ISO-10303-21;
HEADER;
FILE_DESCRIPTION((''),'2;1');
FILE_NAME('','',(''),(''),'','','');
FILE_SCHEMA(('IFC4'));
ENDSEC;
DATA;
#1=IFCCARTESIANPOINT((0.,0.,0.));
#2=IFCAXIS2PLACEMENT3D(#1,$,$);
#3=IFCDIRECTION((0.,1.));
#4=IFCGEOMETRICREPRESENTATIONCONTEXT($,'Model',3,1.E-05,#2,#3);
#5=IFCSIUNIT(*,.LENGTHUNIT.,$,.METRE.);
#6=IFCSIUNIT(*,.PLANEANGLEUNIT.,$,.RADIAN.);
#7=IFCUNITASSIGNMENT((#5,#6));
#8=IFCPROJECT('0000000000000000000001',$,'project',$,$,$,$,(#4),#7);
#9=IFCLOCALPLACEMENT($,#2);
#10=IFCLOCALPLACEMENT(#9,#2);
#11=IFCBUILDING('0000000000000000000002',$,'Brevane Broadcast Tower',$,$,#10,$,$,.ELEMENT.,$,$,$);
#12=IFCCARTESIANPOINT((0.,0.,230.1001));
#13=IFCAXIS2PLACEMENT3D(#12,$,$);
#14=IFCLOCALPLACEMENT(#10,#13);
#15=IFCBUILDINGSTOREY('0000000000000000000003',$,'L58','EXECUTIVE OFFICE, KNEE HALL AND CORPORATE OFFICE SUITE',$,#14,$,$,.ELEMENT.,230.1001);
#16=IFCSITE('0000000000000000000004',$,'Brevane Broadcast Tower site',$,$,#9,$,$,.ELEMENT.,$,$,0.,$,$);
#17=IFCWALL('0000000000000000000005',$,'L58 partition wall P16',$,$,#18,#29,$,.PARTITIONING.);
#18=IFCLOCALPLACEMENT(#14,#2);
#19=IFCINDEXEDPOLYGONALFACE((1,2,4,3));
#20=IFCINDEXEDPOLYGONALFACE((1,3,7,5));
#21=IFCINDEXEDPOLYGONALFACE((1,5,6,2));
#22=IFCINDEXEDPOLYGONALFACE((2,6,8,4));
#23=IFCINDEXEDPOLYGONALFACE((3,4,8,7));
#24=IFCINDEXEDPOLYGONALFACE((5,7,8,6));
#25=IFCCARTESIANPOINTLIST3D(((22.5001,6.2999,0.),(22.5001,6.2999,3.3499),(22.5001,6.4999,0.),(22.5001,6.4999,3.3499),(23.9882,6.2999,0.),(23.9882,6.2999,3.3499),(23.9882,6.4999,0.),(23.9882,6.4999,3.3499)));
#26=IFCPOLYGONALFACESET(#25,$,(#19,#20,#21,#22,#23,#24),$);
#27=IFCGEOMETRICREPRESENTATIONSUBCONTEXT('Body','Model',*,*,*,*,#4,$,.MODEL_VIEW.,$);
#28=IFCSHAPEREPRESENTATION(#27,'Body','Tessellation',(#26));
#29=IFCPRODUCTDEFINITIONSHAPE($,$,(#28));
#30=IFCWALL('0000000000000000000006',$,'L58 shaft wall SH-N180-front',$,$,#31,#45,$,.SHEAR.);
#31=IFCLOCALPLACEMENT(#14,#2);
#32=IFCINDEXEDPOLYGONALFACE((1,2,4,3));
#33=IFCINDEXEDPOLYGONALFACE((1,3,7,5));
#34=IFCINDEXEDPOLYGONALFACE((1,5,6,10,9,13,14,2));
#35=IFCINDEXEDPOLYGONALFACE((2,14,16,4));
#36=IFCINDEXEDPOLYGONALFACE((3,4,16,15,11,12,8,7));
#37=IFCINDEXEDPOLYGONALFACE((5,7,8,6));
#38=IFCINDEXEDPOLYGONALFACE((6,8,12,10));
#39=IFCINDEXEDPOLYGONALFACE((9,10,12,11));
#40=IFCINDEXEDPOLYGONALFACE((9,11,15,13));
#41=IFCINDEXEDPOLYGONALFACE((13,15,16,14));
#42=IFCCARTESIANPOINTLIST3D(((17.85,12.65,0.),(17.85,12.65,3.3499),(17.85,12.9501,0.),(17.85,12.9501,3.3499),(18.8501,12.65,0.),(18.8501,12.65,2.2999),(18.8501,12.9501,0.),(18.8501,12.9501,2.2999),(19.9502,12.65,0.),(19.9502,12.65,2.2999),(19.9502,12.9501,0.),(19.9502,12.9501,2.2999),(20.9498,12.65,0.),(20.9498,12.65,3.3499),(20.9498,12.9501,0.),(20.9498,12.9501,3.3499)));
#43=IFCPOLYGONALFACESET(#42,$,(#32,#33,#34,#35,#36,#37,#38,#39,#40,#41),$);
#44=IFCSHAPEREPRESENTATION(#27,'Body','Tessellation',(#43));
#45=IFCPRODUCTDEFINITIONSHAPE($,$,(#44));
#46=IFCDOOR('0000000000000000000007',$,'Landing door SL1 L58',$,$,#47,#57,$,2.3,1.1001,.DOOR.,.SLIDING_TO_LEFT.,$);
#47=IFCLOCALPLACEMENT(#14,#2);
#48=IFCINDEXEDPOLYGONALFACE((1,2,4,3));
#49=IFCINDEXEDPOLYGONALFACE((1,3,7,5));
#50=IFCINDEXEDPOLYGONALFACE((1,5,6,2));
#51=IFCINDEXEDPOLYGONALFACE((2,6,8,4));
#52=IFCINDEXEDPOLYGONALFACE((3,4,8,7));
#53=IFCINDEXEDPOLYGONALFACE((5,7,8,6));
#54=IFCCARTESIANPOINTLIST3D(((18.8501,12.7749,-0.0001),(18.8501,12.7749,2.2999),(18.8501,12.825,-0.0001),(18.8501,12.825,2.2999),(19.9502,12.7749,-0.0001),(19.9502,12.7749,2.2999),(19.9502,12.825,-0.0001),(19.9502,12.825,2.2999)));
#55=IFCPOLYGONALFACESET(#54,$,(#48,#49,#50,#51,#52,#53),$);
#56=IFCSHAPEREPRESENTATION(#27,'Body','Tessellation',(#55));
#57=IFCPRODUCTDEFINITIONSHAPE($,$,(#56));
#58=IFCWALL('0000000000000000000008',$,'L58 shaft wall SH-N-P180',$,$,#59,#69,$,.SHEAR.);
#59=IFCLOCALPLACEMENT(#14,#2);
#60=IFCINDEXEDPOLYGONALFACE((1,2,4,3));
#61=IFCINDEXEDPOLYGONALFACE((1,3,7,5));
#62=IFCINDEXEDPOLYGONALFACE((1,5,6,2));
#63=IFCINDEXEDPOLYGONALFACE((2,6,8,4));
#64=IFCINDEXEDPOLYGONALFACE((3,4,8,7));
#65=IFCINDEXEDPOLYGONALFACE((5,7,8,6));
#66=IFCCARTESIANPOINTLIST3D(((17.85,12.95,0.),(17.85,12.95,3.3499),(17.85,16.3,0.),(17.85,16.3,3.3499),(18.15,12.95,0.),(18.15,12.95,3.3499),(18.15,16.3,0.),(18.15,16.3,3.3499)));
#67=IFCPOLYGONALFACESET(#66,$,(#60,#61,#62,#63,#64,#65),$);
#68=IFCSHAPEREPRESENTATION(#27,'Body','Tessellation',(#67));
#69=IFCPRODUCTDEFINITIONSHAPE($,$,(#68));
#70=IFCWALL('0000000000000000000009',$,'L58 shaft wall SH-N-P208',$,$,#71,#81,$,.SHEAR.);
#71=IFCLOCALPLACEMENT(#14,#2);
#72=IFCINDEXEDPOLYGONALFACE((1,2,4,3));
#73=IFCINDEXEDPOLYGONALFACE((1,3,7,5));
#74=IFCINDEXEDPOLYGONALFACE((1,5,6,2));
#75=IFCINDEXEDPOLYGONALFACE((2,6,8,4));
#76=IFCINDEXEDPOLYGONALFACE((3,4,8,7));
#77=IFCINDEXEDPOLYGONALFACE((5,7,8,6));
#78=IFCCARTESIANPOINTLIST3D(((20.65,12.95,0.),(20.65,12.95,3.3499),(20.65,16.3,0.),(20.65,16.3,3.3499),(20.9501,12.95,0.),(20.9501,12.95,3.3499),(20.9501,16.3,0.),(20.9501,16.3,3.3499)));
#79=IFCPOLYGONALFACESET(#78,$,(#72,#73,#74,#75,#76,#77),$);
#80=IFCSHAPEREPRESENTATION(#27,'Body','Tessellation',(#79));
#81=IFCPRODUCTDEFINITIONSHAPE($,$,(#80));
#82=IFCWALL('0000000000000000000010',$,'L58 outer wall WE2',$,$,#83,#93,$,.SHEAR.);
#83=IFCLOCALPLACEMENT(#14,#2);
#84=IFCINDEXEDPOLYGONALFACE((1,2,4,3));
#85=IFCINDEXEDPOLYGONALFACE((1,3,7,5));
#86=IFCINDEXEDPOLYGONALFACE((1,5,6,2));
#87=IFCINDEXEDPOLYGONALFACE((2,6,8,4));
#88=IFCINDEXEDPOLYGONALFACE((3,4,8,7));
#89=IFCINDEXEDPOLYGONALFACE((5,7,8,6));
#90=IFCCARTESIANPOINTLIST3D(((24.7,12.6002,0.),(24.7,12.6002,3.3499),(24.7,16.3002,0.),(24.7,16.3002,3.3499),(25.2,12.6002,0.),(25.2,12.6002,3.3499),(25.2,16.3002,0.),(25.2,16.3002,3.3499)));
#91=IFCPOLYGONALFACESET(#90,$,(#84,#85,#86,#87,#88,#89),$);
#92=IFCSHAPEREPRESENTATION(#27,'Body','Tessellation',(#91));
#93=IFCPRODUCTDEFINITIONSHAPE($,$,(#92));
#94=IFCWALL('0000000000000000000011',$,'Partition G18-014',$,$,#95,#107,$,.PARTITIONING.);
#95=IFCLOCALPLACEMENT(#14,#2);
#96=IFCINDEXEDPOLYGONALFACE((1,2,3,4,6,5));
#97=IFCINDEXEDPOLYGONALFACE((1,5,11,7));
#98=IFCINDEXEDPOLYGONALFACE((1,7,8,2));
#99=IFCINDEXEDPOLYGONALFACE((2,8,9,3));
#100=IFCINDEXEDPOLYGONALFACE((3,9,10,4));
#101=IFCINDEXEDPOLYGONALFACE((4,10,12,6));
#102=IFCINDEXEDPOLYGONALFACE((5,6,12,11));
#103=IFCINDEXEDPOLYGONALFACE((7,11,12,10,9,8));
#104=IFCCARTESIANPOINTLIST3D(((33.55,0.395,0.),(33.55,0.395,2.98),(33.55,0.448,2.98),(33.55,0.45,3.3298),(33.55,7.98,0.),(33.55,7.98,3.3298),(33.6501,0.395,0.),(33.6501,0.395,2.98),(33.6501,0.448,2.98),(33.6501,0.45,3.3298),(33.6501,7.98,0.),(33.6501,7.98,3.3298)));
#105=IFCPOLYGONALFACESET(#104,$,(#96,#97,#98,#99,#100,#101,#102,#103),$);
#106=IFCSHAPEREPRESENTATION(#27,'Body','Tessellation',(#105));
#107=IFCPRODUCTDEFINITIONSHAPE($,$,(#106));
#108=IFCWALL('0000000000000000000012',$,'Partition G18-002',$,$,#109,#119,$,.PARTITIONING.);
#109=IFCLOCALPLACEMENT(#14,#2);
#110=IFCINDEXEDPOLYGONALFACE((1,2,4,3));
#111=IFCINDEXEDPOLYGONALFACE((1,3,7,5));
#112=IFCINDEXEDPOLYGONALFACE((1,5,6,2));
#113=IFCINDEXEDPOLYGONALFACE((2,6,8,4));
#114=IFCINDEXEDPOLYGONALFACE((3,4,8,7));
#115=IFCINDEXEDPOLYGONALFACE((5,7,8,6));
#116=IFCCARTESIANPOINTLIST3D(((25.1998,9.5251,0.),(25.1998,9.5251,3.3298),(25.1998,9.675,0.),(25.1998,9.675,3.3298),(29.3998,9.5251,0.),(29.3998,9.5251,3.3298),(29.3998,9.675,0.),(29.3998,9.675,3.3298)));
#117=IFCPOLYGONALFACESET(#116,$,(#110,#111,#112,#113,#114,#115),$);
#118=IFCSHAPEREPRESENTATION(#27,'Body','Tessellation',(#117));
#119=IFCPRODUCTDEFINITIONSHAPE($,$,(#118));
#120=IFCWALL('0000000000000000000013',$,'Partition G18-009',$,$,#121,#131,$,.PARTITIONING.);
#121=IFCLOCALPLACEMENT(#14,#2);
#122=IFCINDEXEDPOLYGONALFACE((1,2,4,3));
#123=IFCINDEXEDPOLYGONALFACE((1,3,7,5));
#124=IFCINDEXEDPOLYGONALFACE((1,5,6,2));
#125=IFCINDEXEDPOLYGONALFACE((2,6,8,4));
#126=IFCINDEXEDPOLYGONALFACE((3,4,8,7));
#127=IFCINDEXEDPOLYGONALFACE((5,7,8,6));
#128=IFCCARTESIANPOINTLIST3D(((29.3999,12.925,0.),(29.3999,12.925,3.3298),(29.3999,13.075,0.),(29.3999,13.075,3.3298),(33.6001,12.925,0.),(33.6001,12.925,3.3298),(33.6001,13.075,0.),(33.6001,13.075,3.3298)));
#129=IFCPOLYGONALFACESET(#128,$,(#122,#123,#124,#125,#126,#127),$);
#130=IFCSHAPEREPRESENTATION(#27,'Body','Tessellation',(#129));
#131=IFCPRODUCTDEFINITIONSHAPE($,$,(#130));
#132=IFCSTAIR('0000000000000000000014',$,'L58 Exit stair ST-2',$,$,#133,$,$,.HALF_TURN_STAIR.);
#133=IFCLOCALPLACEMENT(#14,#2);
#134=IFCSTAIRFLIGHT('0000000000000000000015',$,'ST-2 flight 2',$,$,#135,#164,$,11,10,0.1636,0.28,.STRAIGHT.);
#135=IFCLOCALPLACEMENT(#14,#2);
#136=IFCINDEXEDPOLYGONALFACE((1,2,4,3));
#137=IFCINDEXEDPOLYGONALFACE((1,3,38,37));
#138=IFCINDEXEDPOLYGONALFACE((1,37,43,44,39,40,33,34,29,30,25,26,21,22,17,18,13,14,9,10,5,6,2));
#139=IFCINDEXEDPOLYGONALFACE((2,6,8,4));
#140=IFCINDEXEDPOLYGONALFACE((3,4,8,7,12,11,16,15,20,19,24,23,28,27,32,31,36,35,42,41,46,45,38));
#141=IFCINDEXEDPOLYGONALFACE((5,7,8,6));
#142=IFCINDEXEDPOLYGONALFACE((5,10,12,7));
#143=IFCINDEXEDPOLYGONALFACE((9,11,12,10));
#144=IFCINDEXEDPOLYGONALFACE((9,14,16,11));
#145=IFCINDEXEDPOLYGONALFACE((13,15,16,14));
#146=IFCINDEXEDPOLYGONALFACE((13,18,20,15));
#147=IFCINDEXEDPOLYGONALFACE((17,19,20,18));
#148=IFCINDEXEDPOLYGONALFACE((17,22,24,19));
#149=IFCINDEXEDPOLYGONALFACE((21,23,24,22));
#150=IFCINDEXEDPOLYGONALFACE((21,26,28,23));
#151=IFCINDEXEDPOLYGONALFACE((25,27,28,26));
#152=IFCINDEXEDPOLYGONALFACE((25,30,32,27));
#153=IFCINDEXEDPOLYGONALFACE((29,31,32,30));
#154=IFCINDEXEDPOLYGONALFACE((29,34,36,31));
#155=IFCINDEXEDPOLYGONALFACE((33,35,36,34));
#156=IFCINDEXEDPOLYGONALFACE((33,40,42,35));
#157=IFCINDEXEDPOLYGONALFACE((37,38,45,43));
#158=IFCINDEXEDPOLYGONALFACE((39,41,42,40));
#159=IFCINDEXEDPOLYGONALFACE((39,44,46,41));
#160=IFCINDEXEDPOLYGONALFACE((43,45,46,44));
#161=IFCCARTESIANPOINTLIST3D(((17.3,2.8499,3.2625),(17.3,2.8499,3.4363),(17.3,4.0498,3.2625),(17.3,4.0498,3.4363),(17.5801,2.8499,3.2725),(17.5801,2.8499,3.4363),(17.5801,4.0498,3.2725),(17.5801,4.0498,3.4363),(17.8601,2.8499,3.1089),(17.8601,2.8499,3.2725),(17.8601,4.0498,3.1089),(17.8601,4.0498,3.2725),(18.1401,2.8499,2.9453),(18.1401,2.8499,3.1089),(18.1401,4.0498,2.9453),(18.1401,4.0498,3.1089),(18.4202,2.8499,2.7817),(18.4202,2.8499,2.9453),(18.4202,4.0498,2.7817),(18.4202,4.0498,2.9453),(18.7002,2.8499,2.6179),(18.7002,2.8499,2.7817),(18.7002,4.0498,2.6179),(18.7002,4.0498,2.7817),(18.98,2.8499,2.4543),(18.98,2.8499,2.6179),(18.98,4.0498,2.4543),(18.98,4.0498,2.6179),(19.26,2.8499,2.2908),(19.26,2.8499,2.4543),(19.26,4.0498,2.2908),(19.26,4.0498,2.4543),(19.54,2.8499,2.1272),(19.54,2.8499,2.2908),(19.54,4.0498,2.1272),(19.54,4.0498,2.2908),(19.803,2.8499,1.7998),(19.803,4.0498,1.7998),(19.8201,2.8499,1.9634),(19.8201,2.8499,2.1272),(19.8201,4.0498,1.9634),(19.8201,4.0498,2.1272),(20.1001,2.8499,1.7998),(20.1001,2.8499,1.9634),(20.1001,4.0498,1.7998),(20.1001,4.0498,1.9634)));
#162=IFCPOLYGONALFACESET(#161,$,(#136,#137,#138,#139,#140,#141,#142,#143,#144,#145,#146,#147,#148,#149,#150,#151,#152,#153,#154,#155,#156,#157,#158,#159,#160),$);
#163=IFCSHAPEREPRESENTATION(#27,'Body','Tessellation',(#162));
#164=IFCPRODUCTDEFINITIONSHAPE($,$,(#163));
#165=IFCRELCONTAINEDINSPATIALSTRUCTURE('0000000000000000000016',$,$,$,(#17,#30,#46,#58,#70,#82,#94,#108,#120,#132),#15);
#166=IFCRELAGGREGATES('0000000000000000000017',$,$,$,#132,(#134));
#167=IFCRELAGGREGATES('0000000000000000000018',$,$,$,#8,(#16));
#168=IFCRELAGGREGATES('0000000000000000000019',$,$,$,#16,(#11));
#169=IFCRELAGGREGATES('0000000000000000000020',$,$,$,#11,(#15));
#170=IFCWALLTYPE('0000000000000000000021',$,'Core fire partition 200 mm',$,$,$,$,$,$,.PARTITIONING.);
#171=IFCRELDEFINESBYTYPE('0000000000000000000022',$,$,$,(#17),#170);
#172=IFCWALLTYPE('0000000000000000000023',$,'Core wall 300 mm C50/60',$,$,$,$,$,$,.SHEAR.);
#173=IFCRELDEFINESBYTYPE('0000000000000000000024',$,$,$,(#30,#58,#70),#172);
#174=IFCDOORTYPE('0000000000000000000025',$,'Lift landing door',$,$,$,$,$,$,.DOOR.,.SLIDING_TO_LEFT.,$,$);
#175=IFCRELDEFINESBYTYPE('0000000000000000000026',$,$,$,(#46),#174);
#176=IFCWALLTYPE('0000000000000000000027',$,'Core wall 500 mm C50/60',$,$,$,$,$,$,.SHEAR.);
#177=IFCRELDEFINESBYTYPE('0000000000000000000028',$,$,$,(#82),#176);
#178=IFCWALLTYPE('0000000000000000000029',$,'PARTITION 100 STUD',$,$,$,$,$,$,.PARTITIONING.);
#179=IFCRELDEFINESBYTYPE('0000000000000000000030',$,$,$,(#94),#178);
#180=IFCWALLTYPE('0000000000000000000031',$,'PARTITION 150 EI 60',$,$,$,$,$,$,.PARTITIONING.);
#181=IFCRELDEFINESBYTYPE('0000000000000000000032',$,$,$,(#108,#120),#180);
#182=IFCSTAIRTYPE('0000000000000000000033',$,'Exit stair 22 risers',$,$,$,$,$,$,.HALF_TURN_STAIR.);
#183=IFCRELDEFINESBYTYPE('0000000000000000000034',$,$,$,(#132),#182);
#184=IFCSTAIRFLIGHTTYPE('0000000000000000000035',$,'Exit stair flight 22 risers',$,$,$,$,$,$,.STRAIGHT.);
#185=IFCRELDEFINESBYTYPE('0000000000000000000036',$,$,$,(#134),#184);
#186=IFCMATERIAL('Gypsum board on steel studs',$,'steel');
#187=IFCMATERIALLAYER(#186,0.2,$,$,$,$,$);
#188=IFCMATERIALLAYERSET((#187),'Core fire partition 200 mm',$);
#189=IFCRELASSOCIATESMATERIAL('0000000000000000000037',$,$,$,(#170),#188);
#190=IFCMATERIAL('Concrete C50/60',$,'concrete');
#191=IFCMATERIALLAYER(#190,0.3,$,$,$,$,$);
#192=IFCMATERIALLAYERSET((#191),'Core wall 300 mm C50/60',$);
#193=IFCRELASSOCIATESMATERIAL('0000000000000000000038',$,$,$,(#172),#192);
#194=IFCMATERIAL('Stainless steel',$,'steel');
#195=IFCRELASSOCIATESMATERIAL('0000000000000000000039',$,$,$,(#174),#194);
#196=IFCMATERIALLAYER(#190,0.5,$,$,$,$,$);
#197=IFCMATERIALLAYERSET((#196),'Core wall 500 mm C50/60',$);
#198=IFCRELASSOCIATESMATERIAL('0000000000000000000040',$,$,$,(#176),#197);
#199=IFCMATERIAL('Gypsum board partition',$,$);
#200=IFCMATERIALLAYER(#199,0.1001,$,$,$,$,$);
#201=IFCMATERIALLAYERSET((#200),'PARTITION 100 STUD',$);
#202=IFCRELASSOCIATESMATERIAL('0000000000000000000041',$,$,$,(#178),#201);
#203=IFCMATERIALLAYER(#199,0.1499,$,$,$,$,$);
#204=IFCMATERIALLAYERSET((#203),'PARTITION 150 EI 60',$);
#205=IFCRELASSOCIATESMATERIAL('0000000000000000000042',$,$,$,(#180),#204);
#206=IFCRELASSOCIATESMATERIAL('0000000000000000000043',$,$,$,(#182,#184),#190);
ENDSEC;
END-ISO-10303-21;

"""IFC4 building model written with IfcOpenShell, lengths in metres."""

from ifc_helpers import new_model, si_unit, direction, frame, frame_2d, origin, place, context, subcontext, project, spatial, polyline, rectangle, outline, extrude, material, layer, layer_set, type_object, element, fill, aggregate, save


model = new_model("IFC4")

# Units and contexts
model_context = context("Model", 3, precision=1e-05, world=origin(), true_north=direction((0.0, 1.0)))
body_context = subcontext(model_context, "Body", "Model", "MODEL_VIEW")
ifc_project = project(units=[si_unit("LENGTHUNIT", "METRE"), si_unit("PLANEANGLEUNIT", "RADIAN")], contexts=[model_context])

# Site, building, storey
site_placement = place(None, origin())
site = spatial("IfcSite", under=ifc_project, at=site_placement, Name="Brevane Broadcast Tower site", CompositionType="ELEMENT", RefElevation=0.0)
building_placement = place(site_placement, origin())
building = spatial("IfcBuilding", under=site, at=building_placement, Name="Brevane Broadcast Tower", CompositionType="ELEMENT")
storey_placement = place(building_placement, frame((0.0, 0.0, 230.1001)))
storey = spatial("IfcBuildingStorey", under=building, at=storey_placement, Name="L58", Description="EXECUTIVE OFFICE, KNEE HALL AND CORPORATE OFFICE SUITE", CompositionType="ELEMENT", Elevation=230.1001)

# Shared definitions
ifc_material_1 = material(Name="Concrete C50/60", Category="concrete")

# Shared definitions
ifc_material_2 = material(Name="Gypsum board on steel studs", Category="steel")

# Shared definitions
ifc_layer_1 = layer(ifc_material_2, 0.2)
ifc_layer_set_1 = layer_set([ifc_layer_1], Name="Core fire partition 200 mm")
wall_type_1 = type_object("IfcWallType", Name="Core fire partition 200 mm", PredefinedType="PARTITIONING", material=ifc_layer_set_1)

# Wall
wall_1_placement = place(storey_placement, frame((22.5, 6.3999, 0.0), z_axis=(0.0, 0.0, 1.0), x_axis=(1.0, 0.0, 0.0)))
element("IfcWall", 1, at=wall_1_placement, inside=storey, type_object=wall_type_1, Name="L58 partition wall P16", PredefinedType="PARTITIONING", context=body_context, shape_type="SweptSolid", body=[
    extrude(rectangle(XDim=1.488, YDim=0.2, at=frame_2d((0.7441, 0.0))), origin(), (0.0, 0.0, 1.0), 3.3499),
])

# Wall, opening, door
ifc_layer_2 = layer(ifc_material_1, 0.3)
ifc_layer_set_2 = layer_set([ifc_layer_2], Name="Core wall 300 mm C50/60")
wall_type_2 = type_object("IfcWallType", Name="Core wall 300 mm C50/60", PredefinedType="SHEAR", material=ifc_layer_set_2)
wall_2_placement = place(storey_placement, frame((17.8501, 12.8, 0.0), z_axis=(0.0, 0.0, 1.0), x_axis=(1.0, 0.0, 0.0)))
wall_2 = element("IfcWall", 2, at=wall_2_placement, inside=storey, type_object=wall_type_2, Name="L58 shaft wall SH-N180-front", PredefinedType="SHEAR", context=body_context, shape_type="SweptSolid", body=[
    extrude(rectangle(XDim=3.0999, YDim=0.3, at=frame_2d((1.5498, 0.0))), origin(), (0.0, 0.0, 1.0), 3.3499),
])
opening_1_placement = place(wall_2_placement, frame((1.0, 0.0, 0.0)))
opening_1 = element("IfcOpeningElement", 3, at=opening_1_placement, cuts=wall_2, PredefinedType="OPENING", context=body_context, shape_type="SweptSolid", body=[
    extrude(rectangle(XDim=1.1001, YDim=2.3, at=frame_2d((0.55, 1.1499))), frame((0.0, 0.1599, 0.0), z_axis=(0.0, -1.0, 0.0), x_axis=(1.0, 0.0, 0.0)), (0.0, 0.0, 1.0), 0.3201),
])
ifc_material_3 = material(Name="Stainless steel", Category="steel")
door_type_1 = type_object("IfcDoorType", Name="Lift landing door", OperationType="SLIDING_TO_LEFT", PredefinedType="DOOR", material=ifc_material_3)
door_1_placement = place(opening_1_placement, origin())
door_1 = element("IfcDoor", 4, at=door_1_placement, inside=storey, type_object=door_type_1, Name="Landing door SL1 L58", OperationType="SLIDING_TO_LEFT", OverallHeight=2.3, OverallWidth=1.1001, PredefinedType="DOOR", context=body_context, shape_type="SweptSolid", body=[
    extrude(rectangle(XDim=1.1001, YDim=2.3, at=frame_2d((0.55, 1.1499))), frame((0.0, 0.0249, 0.0), z_axis=(0.0, -1.0, 0.0), x_axis=(1.0, 0.0, 0.0)), (0.0, 0.0, 1.0), 0.05),
])
fill(opening_1, door_1)

# Walls
for number, where, z_axis, x_axis, name in (
    (5, (18.0, 12.95, 0.0), (0.0, 0.0, 1.0), (0.0, 1.0, 0.0), "L58 shaft wall SH-N-P180"),
    (6, (20.8, 12.95, 0.0), (0.0, 0.0, 1.0), (0.0, 1.0, 0.0), "L58 shaft wall SH-N-P208"),
):
    element("IfcWall", number, at=place(storey_placement, frame(where, z_axis=z_axis, x_axis=x_axis)), inside=storey, type_object=wall_type_2, Name=name, PredefinedType="SHEAR", context=body_context, shape_type="SweptSolid", body=[
        extrude(rectangle(XDim=3.3501, YDim=0.3, at=frame_2d((1.675, 0.0))), origin(), (0.0, 0.0, 1.0), 3.3499),
    ])
ifc_layer_3 = layer(ifc_material_1, 0.5)
ifc_layer_set_3 = layer_set([ifc_layer_3], Name="Core wall 500 mm C50/60")
wall_type_3 = type_object("IfcWallType", Name="Core wall 500 mm C50/60", PredefinedType="SHEAR", material=ifc_layer_set_3)
wall_3_placement = place(storey_placement, frame((24.95, 12.6001, 0.0), z_axis=(0.0, 0.0, 1.0), x_axis=(0.0, 1.0, 0.0)))
element("IfcWall", 7, at=wall_3_placement, inside=storey, type_object=wall_type_3, Name="L58 outer wall WE2", PredefinedType="SHEAR", context=body_context, shape_type="SweptSolid", body=[
    extrude(rectangle(XDim=3.7, YDim=0.5, at=frame_2d((1.8501, 0.0))), origin(), (0.0, 0.0, 1.0), 3.3499),
])
ifc_material_4 = material(Name="Gypsum board partition")
ifc_layer_4 = layer(ifc_material_4, 0.1001)
ifc_layer_set_4 = layer_set([ifc_layer_4], Name="PARTITION 100 STUD")
wall_type_4 = type_object("IfcWallType", Name="PARTITION 100 STUD", PredefinedType="PARTITIONING", material=ifc_layer_set_4)
wall_4_placement = place(storey_placement, frame((33.6001, 7.98, 0.0), z_axis=(0.0, 0.0, 1.0), x_axis=(0.0, -1.0, 0.0)))
element("IfcWall", 8, at=wall_4_placement, inside=storey, type_object=wall_type_4, Name="Partition G18-014", PredefinedType="PARTITIONING", context=body_context, shape_type="SweptSolid", body=[
    extrude(outline(polyline([(0.0, 0.0), (7.585, 0.0), (7.585, 2.98), (7.532, 2.98), (7.53, 3.3298), (0.0, 3.3298), (0.0, 0.0)])), frame((0.0, 0.05, 0.0), z_axis=(0.0, -1.0, 0.0), x_axis=(1.0, 0.0, 0.0)), (0.0, 0.0, 1.0), 0.1001),
])
ifc_layer_5 = layer(ifc_material_4, 0.1499)
ifc_layer_set_5 = layer_set([ifc_layer_5], Name="PARTITION 150 EI 60")
wall_type_5 = type_object("IfcWallType", Name="PARTITION 150 EI 60", PredefinedType="PARTITIONING", material=ifc_layer_set_5)
wall_5_placement = place(storey_placement, frame((29.3999, 9.6001, 0.0), z_axis=(0.0, 0.0, 1.0), x_axis=(-1.0, 0.0, 0.0)))
element("IfcWall", 9, at=wall_5_placement, inside=storey, type_object=wall_type_5, Name="Partition G18-002", PredefinedType="PARTITIONING", context=body_context, shape_type="SweptSolid", body=[
    extrude(rectangle(XDim=4.2, YDim=0.1499, at=frame_2d((2.1001, 0.0))), origin(), (0.0, 0.0, 1.0), 3.3298),
])
wall_6_placement = place(storey_placement, frame((29.3999, 13.0, 0.0), z_axis=(0.0, 0.0, 1.0), x_axis=(1.0, 0.0, 0.0)))
element("IfcWall", 10, at=wall_6_placement, inside=storey, type_object=wall_type_5, Name="Partition G18-009", PredefinedType="PARTITIONING", context=body_context, shape_type="SweptSolid", body=[
    extrude(rectangle(XDim=4.2002, YDim=0.1499, at=frame_2d((2.1001, 0.0))), origin(), (0.0, 0.0, 1.0), 3.3298),
])

# Stair, stair flight
stair_type = type_object("IfcStairType", Name="Exit stair 22 risers", PredefinedType="HALF_TURN_STAIR", material=ifc_material_1)
stair_placement = place(storey_placement, origin())
stair = element("IfcStair", 11, at=stair_placement, inside=storey, type_object=stair_type, Name="L58 Exit stair ST-2", PredefinedType="HALF_TURN_STAIR")
stair_flight_type = type_object("IfcStairFlightType", Name="Exit stair flight 22 risers", PredefinedType="STRAIGHT", material=ifc_material_1)
stair_flight_placement = place(storey_placement, frame((20.1001, 3.45, 1.7998), z_axis=(0.0, 0.0, 1.0), x_axis=(-1.0, 0.0, 0.0)))
stair_flight = element("IfcStairFlight", 12, at=stair_flight_placement, type_object=stair_flight_type, Name="ST-2 flight 2", NumberOfRisers=11, NumberOfTreads=10, PredefinedType="STRAIGHT", RiserHeight=0.1636, TreadLength=0.28, context=body_context, shape_type="SweptSolid", body=[
    extrude(outline(polyline([(0.0, 0.0), (0.0, 0.1636), (0.28, 0.1636), (0.28, 0.3274), (0.5601, 0.3274), (0.5601, 0.491), (0.8401, 0.491), (0.8401, 0.6545), (1.1201, 0.6545), (1.1201, 0.8181), (1.3999, 0.8181), (1.3999, 0.9819), (1.6799, 0.9819), (1.6799, 1.1455), (1.96, 1.1455), (1.96, 1.3091), (2.24, 1.3091), (2.24, 1.4727), (2.52, 1.4727), (2.52, 1.6365), (2.8, 1.6365), (2.8, 1.8), (2.8, 1.4626), (0.2971, 0.0), (0.0, 0.0)])), frame((0.0, 0.6001, 0.0), z_axis=(0.0, -1.0, 0.0), x_axis=(1.0, 0.0, 0.0)), (0.0, 0.0, 1.0), 1.2),
])
aggregate(stair, [stair_flight])

save(model, "model.ifc")
